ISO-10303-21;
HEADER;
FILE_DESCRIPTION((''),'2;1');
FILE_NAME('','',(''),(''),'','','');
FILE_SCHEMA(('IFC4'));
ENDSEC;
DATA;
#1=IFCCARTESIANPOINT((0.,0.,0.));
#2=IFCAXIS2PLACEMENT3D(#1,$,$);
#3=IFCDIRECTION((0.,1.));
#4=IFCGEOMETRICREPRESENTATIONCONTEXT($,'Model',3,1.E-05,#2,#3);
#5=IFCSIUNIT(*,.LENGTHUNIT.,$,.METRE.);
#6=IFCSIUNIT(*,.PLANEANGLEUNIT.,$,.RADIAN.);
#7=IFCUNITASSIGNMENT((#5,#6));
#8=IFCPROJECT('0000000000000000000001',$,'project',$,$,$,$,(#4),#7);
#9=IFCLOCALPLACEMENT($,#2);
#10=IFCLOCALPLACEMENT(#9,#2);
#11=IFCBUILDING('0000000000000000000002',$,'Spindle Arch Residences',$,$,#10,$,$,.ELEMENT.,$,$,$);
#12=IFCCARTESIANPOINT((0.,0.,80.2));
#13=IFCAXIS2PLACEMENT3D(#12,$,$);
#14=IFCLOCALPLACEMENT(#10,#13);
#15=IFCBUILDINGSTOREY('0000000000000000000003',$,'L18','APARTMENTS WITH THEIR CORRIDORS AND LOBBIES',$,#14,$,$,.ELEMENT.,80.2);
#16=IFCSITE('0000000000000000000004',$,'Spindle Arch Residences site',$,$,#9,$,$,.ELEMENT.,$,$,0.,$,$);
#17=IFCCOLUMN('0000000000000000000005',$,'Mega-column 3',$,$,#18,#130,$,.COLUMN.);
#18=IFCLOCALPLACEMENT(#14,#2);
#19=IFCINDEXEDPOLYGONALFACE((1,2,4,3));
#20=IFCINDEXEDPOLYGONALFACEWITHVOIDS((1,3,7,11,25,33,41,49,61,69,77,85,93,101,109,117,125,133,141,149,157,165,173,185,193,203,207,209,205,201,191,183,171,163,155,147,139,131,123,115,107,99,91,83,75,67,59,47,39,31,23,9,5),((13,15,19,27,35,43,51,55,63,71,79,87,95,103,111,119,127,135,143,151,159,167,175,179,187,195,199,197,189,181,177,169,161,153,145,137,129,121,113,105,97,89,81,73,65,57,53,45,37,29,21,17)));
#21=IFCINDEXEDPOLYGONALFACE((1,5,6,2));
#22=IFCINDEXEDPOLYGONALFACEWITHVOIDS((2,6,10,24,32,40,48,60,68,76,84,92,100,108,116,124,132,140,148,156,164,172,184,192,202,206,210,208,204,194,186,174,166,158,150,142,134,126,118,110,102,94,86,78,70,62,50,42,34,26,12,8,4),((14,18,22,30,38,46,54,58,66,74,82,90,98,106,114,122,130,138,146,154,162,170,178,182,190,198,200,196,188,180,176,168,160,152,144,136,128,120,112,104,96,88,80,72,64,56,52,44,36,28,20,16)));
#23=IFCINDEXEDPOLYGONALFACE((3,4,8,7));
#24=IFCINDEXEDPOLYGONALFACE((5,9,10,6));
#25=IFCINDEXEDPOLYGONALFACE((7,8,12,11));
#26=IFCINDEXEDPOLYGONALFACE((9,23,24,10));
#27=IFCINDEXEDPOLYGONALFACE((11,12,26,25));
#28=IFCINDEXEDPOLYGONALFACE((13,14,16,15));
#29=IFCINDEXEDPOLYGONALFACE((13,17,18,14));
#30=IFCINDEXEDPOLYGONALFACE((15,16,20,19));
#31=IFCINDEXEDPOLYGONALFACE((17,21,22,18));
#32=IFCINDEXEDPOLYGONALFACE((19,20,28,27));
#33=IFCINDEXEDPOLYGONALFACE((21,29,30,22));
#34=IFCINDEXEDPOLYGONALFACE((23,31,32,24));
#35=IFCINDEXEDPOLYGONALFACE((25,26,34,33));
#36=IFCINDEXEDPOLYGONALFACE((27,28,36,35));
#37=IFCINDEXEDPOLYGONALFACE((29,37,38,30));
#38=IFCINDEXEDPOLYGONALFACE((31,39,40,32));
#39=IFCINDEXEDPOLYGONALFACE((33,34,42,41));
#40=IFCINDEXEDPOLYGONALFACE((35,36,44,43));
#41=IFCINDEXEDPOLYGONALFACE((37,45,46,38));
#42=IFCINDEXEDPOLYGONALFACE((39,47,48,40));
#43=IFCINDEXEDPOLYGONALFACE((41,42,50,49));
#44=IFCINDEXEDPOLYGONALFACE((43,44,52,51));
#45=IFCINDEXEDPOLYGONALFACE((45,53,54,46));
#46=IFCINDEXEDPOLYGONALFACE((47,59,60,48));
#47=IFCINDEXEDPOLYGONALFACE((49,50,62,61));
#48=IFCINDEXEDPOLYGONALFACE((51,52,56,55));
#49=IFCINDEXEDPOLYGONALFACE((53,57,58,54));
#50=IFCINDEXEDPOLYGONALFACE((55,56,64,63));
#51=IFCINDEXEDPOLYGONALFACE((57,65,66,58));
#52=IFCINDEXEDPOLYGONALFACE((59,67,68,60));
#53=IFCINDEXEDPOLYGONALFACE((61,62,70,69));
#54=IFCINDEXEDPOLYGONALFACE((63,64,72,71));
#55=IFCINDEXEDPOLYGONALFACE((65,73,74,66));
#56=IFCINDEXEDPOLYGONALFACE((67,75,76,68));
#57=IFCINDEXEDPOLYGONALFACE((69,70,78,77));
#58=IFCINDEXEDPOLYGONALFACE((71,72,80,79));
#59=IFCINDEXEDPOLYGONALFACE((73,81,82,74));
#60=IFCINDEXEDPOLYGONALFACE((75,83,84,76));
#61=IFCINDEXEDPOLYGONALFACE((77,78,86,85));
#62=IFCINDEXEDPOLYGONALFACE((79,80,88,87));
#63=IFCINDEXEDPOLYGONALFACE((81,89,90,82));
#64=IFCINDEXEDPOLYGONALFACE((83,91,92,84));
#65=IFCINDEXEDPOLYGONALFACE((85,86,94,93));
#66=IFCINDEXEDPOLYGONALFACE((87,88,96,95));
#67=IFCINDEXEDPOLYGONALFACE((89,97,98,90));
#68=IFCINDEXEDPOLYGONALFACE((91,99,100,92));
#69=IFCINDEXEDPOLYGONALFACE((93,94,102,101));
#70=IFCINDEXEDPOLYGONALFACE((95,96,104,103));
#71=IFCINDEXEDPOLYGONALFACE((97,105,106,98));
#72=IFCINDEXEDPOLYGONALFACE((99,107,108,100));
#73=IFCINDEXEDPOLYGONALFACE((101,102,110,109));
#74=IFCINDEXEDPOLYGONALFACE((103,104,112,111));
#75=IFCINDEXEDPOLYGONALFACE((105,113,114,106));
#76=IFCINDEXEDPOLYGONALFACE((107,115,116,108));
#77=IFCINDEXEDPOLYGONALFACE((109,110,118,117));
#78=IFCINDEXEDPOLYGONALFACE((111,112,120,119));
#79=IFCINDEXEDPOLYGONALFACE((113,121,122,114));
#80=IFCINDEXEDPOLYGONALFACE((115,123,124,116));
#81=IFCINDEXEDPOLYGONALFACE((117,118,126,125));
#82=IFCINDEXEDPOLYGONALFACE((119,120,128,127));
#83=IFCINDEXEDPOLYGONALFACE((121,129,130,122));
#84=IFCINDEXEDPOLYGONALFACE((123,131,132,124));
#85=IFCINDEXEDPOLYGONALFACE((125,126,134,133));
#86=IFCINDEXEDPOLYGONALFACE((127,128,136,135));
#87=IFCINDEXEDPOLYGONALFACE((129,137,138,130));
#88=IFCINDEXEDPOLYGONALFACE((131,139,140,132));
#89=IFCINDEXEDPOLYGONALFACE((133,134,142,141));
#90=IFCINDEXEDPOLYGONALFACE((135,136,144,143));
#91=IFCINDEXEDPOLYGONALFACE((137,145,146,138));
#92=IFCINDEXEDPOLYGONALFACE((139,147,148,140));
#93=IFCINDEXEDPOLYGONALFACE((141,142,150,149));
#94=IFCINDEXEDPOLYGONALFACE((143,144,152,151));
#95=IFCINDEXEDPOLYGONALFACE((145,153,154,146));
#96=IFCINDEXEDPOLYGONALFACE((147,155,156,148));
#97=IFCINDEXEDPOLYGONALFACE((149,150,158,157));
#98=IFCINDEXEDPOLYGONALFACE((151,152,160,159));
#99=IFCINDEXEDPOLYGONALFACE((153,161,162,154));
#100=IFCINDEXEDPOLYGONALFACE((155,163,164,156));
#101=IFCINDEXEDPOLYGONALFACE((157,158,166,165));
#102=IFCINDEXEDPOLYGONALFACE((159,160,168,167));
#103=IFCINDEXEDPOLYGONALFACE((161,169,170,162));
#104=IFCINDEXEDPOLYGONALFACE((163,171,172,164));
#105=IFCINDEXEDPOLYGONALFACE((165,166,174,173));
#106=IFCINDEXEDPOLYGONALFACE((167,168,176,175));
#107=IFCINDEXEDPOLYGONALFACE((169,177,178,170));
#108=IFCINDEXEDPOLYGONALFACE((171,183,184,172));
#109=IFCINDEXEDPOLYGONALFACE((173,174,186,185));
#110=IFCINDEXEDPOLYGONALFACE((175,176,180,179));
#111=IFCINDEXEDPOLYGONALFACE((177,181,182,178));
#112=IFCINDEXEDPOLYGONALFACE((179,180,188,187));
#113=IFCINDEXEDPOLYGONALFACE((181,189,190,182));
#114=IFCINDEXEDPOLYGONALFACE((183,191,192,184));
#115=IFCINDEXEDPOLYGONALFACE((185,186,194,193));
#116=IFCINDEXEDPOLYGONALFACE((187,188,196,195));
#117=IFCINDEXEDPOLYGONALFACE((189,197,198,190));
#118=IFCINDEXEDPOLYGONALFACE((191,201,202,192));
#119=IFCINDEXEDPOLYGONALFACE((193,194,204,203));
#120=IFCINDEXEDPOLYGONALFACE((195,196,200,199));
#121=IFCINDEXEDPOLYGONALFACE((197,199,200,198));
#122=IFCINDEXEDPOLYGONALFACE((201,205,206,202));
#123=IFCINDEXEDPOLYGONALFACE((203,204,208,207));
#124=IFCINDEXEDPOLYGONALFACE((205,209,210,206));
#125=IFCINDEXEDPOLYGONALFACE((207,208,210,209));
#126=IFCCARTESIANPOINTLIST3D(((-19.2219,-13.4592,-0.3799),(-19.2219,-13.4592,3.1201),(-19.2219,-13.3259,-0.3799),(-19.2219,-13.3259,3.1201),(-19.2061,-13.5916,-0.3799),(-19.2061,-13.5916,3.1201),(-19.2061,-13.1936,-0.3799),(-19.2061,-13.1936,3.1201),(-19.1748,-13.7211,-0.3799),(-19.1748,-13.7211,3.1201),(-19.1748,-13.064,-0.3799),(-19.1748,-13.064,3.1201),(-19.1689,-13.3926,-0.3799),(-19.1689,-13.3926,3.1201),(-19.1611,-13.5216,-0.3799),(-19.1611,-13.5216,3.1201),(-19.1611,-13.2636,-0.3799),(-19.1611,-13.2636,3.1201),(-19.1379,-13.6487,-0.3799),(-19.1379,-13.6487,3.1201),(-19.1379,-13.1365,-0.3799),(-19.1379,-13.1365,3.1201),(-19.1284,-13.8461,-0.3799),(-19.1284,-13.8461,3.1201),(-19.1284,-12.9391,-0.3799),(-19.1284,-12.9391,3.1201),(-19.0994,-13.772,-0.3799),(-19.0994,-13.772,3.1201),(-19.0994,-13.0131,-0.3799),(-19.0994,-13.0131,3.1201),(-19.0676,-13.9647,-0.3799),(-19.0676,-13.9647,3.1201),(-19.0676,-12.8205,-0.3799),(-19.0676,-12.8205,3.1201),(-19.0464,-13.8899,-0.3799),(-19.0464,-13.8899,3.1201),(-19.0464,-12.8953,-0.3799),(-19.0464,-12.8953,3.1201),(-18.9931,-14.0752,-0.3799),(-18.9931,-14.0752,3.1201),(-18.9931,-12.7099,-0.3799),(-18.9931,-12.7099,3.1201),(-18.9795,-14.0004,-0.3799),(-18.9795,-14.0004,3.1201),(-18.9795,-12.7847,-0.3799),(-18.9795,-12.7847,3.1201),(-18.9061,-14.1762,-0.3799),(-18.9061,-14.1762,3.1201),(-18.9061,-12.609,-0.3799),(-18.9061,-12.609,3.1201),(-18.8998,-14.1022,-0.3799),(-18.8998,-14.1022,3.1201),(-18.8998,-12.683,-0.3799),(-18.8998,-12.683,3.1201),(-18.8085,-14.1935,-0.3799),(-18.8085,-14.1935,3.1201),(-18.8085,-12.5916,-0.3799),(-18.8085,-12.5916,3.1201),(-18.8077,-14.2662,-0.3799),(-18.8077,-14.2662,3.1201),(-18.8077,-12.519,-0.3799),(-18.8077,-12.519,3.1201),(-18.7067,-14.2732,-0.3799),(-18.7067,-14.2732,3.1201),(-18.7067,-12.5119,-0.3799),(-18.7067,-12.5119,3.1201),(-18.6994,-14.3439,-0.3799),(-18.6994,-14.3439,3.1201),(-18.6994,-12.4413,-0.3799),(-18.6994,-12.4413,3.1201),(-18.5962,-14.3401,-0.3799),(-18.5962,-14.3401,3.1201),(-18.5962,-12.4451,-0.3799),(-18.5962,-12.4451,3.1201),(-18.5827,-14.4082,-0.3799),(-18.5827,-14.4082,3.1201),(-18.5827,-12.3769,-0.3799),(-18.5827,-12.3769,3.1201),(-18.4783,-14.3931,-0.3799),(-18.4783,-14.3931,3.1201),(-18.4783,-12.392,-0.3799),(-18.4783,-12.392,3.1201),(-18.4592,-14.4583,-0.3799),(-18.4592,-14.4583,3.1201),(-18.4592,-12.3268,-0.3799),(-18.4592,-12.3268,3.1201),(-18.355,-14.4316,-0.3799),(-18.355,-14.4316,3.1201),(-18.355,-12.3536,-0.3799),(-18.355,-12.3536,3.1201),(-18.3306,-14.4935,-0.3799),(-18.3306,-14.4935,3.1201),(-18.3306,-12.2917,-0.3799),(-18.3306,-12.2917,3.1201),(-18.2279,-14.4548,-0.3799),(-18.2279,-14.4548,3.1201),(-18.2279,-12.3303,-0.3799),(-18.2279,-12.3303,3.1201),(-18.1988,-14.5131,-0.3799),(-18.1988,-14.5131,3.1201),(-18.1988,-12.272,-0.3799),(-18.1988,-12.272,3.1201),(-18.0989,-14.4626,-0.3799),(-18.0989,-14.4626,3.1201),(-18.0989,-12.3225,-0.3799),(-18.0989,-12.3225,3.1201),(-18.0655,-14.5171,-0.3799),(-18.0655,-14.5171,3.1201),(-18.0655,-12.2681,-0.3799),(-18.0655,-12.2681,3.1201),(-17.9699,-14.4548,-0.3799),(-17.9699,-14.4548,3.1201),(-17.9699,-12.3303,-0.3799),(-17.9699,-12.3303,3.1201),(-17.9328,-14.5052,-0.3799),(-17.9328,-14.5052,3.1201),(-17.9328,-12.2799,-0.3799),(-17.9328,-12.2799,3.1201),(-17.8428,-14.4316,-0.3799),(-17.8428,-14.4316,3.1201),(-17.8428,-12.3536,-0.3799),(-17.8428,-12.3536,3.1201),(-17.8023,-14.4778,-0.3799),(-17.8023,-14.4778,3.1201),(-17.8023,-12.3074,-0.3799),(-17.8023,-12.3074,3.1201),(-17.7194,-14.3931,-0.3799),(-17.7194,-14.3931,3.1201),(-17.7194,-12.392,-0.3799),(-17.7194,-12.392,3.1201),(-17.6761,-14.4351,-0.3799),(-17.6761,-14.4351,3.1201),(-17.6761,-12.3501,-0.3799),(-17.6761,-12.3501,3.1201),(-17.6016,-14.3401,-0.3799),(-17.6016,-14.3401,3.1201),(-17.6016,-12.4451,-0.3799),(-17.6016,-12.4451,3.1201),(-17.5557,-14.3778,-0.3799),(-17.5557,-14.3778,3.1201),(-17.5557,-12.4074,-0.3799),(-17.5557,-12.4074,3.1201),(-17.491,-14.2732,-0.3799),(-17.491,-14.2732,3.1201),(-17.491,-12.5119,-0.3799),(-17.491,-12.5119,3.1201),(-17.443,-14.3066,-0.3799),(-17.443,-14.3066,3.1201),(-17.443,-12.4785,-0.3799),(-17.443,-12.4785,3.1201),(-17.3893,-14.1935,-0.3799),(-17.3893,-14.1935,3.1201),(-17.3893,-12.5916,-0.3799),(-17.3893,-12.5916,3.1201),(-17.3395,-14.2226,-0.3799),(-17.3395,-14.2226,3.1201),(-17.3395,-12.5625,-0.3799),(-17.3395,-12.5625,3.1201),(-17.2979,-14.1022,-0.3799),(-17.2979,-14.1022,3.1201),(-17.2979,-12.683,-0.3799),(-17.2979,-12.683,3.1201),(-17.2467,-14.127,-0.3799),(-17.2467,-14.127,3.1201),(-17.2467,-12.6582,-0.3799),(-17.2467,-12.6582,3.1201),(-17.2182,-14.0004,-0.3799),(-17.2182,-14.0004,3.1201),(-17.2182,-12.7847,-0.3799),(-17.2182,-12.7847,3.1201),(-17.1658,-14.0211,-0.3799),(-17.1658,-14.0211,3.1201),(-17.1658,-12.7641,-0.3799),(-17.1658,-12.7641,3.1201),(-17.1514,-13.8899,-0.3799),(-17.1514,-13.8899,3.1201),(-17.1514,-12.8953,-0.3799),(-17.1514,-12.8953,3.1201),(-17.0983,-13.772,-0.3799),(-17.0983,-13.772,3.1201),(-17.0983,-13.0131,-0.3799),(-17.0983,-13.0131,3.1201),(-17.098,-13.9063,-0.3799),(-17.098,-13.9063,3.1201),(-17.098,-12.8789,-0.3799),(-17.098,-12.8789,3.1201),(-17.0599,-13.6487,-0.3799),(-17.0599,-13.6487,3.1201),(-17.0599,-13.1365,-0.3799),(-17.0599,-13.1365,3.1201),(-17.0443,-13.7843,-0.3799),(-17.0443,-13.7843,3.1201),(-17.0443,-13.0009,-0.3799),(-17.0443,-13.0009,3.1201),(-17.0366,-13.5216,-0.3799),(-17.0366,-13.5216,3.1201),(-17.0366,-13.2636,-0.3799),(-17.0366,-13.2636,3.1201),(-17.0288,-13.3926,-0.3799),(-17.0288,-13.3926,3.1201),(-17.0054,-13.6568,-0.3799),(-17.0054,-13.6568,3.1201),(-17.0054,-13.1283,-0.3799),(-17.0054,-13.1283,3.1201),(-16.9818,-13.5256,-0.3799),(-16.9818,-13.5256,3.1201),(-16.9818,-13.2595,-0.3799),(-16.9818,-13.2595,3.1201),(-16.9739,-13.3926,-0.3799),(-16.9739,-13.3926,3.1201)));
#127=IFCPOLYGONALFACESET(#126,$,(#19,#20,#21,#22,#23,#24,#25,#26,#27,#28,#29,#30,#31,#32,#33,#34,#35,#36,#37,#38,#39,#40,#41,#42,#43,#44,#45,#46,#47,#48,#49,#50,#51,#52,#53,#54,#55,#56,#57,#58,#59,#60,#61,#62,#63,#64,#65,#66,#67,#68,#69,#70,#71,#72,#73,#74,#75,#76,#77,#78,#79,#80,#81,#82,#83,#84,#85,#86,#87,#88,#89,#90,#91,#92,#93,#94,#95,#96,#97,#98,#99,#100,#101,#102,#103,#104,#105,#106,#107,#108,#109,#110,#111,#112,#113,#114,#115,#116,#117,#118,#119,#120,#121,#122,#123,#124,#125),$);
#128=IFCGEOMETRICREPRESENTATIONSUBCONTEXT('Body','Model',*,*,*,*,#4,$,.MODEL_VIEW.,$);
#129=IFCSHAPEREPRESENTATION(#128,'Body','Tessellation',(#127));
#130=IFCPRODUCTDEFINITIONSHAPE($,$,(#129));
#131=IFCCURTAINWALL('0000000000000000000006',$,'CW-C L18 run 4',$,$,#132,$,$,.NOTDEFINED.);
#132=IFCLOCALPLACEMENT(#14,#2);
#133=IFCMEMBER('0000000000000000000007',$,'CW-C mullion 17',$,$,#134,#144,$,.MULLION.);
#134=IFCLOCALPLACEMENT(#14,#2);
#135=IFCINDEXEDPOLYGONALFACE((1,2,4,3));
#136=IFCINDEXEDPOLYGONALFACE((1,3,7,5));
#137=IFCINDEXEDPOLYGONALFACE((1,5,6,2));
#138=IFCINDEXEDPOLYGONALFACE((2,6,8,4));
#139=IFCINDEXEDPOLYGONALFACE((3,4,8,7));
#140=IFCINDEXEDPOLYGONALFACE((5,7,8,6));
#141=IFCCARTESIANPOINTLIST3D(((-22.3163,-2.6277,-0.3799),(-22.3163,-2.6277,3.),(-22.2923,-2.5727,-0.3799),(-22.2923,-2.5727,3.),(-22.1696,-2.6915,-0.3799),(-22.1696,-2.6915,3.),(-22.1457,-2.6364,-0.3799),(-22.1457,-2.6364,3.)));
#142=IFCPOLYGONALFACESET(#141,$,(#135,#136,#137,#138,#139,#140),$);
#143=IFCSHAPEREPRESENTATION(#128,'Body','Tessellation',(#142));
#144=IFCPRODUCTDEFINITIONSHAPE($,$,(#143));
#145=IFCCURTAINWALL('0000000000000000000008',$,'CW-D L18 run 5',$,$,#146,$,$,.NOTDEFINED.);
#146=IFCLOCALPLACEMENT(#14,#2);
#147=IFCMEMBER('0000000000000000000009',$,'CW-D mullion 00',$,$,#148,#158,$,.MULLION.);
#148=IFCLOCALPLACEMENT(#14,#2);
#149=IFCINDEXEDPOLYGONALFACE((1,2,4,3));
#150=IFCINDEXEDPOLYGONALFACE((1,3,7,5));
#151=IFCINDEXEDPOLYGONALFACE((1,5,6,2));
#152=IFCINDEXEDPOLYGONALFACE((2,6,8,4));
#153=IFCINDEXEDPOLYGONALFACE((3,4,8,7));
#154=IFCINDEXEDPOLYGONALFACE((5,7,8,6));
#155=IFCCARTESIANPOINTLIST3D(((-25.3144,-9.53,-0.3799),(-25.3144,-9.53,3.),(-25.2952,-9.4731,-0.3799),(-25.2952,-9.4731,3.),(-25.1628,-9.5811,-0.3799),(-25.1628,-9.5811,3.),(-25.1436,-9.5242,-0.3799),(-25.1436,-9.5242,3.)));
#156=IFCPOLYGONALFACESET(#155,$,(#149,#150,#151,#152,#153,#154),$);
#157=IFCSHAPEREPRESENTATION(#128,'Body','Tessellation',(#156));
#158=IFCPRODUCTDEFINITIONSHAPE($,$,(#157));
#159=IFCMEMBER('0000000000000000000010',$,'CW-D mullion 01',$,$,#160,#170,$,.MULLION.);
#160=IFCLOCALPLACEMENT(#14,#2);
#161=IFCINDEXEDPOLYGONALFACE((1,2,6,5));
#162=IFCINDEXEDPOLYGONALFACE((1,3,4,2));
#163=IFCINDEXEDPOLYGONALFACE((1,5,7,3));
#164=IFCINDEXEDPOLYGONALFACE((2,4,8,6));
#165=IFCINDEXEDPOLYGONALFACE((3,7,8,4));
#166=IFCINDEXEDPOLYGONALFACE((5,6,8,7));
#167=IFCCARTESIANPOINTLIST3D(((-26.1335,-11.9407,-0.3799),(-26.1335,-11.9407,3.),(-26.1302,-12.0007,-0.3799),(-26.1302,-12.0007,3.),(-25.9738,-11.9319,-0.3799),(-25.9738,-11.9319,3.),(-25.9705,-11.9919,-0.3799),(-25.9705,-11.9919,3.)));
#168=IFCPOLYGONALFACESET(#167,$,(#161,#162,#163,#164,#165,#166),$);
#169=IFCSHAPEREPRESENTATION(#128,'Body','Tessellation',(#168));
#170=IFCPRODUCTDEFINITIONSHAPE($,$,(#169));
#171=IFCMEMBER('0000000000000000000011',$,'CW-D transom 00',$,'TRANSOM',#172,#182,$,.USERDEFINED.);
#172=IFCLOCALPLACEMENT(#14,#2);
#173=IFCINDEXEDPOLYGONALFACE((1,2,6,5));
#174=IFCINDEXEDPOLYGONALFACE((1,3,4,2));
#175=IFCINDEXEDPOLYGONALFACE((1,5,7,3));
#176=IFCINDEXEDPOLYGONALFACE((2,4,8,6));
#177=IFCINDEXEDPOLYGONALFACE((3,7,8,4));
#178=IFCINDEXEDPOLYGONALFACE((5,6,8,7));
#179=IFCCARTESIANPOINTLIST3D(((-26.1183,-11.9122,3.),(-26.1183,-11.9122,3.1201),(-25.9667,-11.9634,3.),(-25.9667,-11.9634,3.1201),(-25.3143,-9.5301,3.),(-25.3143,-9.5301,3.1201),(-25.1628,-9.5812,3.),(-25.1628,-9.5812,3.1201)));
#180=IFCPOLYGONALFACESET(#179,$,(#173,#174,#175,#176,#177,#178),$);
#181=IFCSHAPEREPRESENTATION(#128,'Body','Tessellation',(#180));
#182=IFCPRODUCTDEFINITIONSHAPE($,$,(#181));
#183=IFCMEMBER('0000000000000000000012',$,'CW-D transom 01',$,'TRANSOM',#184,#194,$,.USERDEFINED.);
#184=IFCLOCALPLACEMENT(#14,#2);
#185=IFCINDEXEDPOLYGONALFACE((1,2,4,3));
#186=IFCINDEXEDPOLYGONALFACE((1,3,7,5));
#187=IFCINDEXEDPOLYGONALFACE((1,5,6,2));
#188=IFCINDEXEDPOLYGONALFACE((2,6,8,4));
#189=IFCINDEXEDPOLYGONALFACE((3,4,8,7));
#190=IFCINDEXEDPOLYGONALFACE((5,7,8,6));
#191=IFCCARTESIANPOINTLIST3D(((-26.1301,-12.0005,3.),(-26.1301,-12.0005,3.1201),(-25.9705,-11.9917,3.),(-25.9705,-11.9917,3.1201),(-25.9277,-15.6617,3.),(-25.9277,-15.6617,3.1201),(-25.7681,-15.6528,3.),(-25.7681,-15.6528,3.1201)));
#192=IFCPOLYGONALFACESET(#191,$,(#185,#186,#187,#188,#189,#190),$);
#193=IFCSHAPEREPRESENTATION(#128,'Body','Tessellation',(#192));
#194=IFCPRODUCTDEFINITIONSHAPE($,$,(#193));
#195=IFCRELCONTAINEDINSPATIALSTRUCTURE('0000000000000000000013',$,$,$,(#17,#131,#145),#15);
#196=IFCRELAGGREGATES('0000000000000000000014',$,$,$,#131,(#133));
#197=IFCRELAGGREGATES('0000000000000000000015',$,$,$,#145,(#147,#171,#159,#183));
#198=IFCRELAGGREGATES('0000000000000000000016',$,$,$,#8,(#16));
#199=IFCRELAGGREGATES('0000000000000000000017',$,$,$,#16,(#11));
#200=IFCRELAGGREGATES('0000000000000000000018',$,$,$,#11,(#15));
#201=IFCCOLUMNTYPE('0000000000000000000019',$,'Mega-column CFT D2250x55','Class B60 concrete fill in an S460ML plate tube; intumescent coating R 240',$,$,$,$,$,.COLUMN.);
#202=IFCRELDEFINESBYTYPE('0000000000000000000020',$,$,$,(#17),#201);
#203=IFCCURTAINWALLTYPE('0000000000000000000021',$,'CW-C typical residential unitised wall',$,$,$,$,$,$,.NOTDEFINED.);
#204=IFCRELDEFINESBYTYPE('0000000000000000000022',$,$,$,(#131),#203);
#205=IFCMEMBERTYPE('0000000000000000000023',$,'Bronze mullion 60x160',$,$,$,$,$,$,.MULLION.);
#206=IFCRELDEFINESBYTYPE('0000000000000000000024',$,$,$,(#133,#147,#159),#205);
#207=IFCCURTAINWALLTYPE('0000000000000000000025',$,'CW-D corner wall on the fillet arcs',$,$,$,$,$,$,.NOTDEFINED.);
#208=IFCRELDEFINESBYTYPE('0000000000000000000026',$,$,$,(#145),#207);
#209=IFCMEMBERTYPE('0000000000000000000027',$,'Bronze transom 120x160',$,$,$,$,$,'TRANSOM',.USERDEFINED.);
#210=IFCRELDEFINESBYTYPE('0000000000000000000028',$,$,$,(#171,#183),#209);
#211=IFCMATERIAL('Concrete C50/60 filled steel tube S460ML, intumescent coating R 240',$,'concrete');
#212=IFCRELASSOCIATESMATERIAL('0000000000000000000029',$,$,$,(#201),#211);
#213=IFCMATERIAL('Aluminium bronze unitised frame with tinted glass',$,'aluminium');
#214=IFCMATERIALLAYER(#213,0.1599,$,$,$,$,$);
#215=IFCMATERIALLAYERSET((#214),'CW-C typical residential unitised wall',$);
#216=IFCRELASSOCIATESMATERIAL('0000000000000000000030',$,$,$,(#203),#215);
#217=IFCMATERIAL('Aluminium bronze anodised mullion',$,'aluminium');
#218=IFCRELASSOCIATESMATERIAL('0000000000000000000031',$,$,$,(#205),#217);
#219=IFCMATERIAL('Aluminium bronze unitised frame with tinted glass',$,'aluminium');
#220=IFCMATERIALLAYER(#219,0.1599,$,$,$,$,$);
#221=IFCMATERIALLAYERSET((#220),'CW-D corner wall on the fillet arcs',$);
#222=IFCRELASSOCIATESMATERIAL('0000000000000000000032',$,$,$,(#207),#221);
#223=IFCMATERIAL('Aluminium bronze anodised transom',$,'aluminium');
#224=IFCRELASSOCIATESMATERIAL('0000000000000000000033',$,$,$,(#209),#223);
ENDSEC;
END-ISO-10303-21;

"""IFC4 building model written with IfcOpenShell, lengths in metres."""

from ifc_helpers import new_model, si_unit, direction, frame, origin, origin_2d, place, context, subcontext, project, spatial, rectangle, hollow_circle, extrude, material, layer, layer_set, material_profile, profile_set, type_object, element, aggregate, save


model = new_model("IFC4")

# Units and contexts
model_context = context("Model", 3, precision=1e-05, world=origin(), true_north=direction((0.0, 1.0)))
body_context = subcontext(model_context, "Body", "Model", "MODEL_VIEW")
ifc_project = project(units=[si_unit("LENGTHUNIT", "METRE"), si_unit("PLANEANGLEUNIT", "RADIAN")], contexts=[model_context])

# Site, building, storey
site_placement = place(None, origin())
site = spatial("IfcSite", under=ifc_project, at=site_placement, Name="Spindle Arch Residences site", CompositionType="ELEMENT", RefElevation=0.0)
building_placement = place(site_placement, origin())
building = spatial("IfcBuilding", under=site, at=building_placement, Name="Spindle Arch Residences", CompositionType="ELEMENT")
storey_placement = place(building_placement, frame((0.0, 0.0, 80.2)))
storey = spatial("IfcBuildingStorey", under=building, at=storey_placement, Name="L18", Description="APARTMENTS WITH THEIR CORRIDORS AND LOBBIES", CompositionType="ELEMENT", Elevation=80.2)

# Column
ifc_material_1 = material(Name="Concrete C50/60 filled steel tube S460ML, intumescent coating R 240", Category="concrete")
ifc_material_profile_1 = material_profile(ifc_material_1, hollow_circle(Radius=1.125, WallThickness=0.0549, at=origin_2d()), Name="CFT D2250x55")
ifc_profile_set_1 = profile_set([ifc_material_profile_1], Name="Concrete C50/60 filled steel tube S460ML, intumescent coating R 240")
column_type_1 = type_object("IfcColumnType", Name="Mega-column CFT D2250x55", Description="Class B60 concrete fill in an S460ML plate tube; intumescent coating R 240", PredefinedType="COLUMN", material=ifc_profile_set_1)
column_placement = place(storey_placement, frame((-18.0989, -13.3926, -0.3799), z_axis=(0.0, 0.0, 1.0), x_axis=(1.0, 0.0, 0.0)))
element("IfcColumn", 1, at=column_placement, inside=storey, type_object=column_type_1, Name="Mega-column 3", PredefinedType="COLUMN", context=body_context, shape_type="SweptSolid", body=[
    extrude(hollow_circle(Radius=1.125, WallThickness=0.0549, at=origin_2d()), origin(), (0.0, 0.0, 1.0), 3.5),
])

# Curtain wall, member
ifc_material_2 = material(Name="Aluminium bronze unitised frame with tinted glass", Category="aluminium")
ifc_layer_1 = layer(ifc_material_2, 0.1599)
ifc_layer_set_1 = layer_set([ifc_layer_1], Name="CW-C typical residential unitised wall")
curtain_wall_type_1 = type_object("IfcCurtainWallType", Name="CW-C typical residential unitised wall", PredefinedType="NOTDEFINED", material=ifc_layer_set_1)
curtain_wall_1_placement = place(storey_placement, origin())
curtain_wall_1 = element("IfcCurtainWall", 2, at=curtain_wall_1_placement, inside=storey, type_object=curtain_wall_type_1, Name="CW-C L18 run 4", PredefinedType="NOTDEFINED")
ifc_material_3 = material(Name="Aluminium bronze anodised mullion", Category="aluminium")
ifc_material_profile_2 = material_profile(ifc_material_3, rectangle(XDim=0.1599, YDim=0.0601, at=origin_2d()), Name="MU 60x160")
ifc_profile_set_2 = profile_set([ifc_material_profile_2], Name="Aluminium bronze anodised mullion")
member_type_1 = type_object("IfcMemberType", Name="Bronze mullion 60x160", PredefinedType="MULLION", material=ifc_profile_set_2)
member_1_placement = place(storey_placement, frame((-22.231, -2.6321, -0.3799), z_axis=(0.0, 0.0, 1.0), x_axis=(0.91706, -0.398749, 0.0)))
member_1 = element("IfcMember", 3, at=member_1_placement, type_object=member_type_1, Name="CW-C mullion 17", PredefinedType="MULLION", context=body_context, shape_type="SweptSolid", body=[
    extrude(rectangle(XDim=0.1599, YDim=0.0601, at=origin_2d()), origin(), (0.0, 0.0, 1.0), 3.3799),
])

# Curtain wall, members
ifc_material_4 = material(Name="Aluminium bronze unitised frame with tinted glass", Category="aluminium")
ifc_layer_2 = layer(ifc_material_4, 0.1599)
ifc_layer_set_2 = layer_set([ifc_layer_2], Name="CW-D corner wall on the fillet arcs")
curtain_wall_type_2 = type_object("IfcCurtainWallType", Name="CW-D corner wall on the fillet arcs", PredefinedType="NOTDEFINED", material=ifc_layer_set_2)
curtain_wall_2_placement = place(storey_placement, origin())
curtain_wall_2 = element("IfcCurtainWall", 4, at=curtain_wall_2_placement, inside=storey, type_object=curtain_wall_type_2, Name="CW-D L18 run 5", PredefinedType="NOTDEFINED")
member_2_placement = place(storey_placement, frame((-25.229, -9.5271, -0.3799), z_axis=(0.0, 0.0, 1.0), x_axis=(0.94751, -0.319727, 0.0)))
member_2 = element("IfcMember", 5, at=member_2_placement, type_object=member_type_1, Name="CW-D mullion 00", PredefinedType="MULLION", context=body_context, shape_type="SweptSolid", body=[
    extrude(rectangle(XDim=0.1599, YDim=0.0601, at=origin_2d()), origin(), (0.0, 0.0, 1.0), 3.3799),
])
member_3_placement = place(storey_placement, frame((-26.052, -11.9663, -0.3799), z_axis=(0.0, 0.0, 1.0), x_axis=(0.998473, 0.055241, 0.0)))
member_3 = element("IfcMember", 6, at=member_3_placement, type_object=member_type_1, Name="CW-D mullion 01", PredefinedType="MULLION", context=body_context, shape_type="SweptSolid", body=[
    extrude(rectangle(XDim=0.1599, YDim=0.0601, at=origin_2d()), origin(), (0.0, 0.0, 1.0), 3.3799),
])
ifc_material_5 = material(Name="Aluminium bronze anodised transom", Category="aluminium")
ifc_material_profile_3 = material_profile(ifc_material_5, rectangle(XDim=0.1599, YDim=0.1201, at=origin_2d()), Name="TR 120x160")
ifc_profile_set_3 = profile_set([ifc_material_profile_3], Name="Aluminium bronze anodised transom")
member_type_2 = type_object("IfcMemberType", Name="Bronze transom 120x160", ElementType="TRANSOM", PredefinedType="USERDEFINED", material=ifc_profile_set_3)
member_4_placement = place(storey_placement, frame((-25.2385, -9.5557, 3.0601), z_axis=(-0.31978, -0.947492, 0.0), x_axis=(0.947492, -0.31978, 0.0)))
member_4 = element("IfcMember", 7, at=member_4_placement, type_object=member_type_2, Name="CW-D transom 00", ObjectType="TRANSOM", PredefinedType="USERDEFINED", context=body_context, shape_type="SweptSolid", body=[
    extrude(rectangle(XDim=0.1599, YDim=0.1201, at=origin_2d()), origin(), (0.0, 0.0, 1.0), 2.5142),
])
member_5_placement = place(storey_placement, frame((-26.0503, -11.9961, 3.0601), z_axis=(0.055197, -0.998475, 0.0), x_axis=(0.998475, 0.055197, 0.0)))
member_5 = element("IfcMember", 8, at=member_5_placement, type_object=member_type_2, Name="CW-D transom 01", ObjectType="TRANSOM", PredefinedType="USERDEFINED", context=body_context, shape_type="SweptSolid", body=[
    extrude(rectangle(XDim=0.1599, YDim=0.1201, at=origin_2d()), origin(), (0.0, 0.0, 1.0), 3.6667),
])

aggregate(curtain_wall_1, [member_1])
aggregate(curtain_wall_2, [member_2, member_4, member_3, member_5])

save(model, "model.ifc")
